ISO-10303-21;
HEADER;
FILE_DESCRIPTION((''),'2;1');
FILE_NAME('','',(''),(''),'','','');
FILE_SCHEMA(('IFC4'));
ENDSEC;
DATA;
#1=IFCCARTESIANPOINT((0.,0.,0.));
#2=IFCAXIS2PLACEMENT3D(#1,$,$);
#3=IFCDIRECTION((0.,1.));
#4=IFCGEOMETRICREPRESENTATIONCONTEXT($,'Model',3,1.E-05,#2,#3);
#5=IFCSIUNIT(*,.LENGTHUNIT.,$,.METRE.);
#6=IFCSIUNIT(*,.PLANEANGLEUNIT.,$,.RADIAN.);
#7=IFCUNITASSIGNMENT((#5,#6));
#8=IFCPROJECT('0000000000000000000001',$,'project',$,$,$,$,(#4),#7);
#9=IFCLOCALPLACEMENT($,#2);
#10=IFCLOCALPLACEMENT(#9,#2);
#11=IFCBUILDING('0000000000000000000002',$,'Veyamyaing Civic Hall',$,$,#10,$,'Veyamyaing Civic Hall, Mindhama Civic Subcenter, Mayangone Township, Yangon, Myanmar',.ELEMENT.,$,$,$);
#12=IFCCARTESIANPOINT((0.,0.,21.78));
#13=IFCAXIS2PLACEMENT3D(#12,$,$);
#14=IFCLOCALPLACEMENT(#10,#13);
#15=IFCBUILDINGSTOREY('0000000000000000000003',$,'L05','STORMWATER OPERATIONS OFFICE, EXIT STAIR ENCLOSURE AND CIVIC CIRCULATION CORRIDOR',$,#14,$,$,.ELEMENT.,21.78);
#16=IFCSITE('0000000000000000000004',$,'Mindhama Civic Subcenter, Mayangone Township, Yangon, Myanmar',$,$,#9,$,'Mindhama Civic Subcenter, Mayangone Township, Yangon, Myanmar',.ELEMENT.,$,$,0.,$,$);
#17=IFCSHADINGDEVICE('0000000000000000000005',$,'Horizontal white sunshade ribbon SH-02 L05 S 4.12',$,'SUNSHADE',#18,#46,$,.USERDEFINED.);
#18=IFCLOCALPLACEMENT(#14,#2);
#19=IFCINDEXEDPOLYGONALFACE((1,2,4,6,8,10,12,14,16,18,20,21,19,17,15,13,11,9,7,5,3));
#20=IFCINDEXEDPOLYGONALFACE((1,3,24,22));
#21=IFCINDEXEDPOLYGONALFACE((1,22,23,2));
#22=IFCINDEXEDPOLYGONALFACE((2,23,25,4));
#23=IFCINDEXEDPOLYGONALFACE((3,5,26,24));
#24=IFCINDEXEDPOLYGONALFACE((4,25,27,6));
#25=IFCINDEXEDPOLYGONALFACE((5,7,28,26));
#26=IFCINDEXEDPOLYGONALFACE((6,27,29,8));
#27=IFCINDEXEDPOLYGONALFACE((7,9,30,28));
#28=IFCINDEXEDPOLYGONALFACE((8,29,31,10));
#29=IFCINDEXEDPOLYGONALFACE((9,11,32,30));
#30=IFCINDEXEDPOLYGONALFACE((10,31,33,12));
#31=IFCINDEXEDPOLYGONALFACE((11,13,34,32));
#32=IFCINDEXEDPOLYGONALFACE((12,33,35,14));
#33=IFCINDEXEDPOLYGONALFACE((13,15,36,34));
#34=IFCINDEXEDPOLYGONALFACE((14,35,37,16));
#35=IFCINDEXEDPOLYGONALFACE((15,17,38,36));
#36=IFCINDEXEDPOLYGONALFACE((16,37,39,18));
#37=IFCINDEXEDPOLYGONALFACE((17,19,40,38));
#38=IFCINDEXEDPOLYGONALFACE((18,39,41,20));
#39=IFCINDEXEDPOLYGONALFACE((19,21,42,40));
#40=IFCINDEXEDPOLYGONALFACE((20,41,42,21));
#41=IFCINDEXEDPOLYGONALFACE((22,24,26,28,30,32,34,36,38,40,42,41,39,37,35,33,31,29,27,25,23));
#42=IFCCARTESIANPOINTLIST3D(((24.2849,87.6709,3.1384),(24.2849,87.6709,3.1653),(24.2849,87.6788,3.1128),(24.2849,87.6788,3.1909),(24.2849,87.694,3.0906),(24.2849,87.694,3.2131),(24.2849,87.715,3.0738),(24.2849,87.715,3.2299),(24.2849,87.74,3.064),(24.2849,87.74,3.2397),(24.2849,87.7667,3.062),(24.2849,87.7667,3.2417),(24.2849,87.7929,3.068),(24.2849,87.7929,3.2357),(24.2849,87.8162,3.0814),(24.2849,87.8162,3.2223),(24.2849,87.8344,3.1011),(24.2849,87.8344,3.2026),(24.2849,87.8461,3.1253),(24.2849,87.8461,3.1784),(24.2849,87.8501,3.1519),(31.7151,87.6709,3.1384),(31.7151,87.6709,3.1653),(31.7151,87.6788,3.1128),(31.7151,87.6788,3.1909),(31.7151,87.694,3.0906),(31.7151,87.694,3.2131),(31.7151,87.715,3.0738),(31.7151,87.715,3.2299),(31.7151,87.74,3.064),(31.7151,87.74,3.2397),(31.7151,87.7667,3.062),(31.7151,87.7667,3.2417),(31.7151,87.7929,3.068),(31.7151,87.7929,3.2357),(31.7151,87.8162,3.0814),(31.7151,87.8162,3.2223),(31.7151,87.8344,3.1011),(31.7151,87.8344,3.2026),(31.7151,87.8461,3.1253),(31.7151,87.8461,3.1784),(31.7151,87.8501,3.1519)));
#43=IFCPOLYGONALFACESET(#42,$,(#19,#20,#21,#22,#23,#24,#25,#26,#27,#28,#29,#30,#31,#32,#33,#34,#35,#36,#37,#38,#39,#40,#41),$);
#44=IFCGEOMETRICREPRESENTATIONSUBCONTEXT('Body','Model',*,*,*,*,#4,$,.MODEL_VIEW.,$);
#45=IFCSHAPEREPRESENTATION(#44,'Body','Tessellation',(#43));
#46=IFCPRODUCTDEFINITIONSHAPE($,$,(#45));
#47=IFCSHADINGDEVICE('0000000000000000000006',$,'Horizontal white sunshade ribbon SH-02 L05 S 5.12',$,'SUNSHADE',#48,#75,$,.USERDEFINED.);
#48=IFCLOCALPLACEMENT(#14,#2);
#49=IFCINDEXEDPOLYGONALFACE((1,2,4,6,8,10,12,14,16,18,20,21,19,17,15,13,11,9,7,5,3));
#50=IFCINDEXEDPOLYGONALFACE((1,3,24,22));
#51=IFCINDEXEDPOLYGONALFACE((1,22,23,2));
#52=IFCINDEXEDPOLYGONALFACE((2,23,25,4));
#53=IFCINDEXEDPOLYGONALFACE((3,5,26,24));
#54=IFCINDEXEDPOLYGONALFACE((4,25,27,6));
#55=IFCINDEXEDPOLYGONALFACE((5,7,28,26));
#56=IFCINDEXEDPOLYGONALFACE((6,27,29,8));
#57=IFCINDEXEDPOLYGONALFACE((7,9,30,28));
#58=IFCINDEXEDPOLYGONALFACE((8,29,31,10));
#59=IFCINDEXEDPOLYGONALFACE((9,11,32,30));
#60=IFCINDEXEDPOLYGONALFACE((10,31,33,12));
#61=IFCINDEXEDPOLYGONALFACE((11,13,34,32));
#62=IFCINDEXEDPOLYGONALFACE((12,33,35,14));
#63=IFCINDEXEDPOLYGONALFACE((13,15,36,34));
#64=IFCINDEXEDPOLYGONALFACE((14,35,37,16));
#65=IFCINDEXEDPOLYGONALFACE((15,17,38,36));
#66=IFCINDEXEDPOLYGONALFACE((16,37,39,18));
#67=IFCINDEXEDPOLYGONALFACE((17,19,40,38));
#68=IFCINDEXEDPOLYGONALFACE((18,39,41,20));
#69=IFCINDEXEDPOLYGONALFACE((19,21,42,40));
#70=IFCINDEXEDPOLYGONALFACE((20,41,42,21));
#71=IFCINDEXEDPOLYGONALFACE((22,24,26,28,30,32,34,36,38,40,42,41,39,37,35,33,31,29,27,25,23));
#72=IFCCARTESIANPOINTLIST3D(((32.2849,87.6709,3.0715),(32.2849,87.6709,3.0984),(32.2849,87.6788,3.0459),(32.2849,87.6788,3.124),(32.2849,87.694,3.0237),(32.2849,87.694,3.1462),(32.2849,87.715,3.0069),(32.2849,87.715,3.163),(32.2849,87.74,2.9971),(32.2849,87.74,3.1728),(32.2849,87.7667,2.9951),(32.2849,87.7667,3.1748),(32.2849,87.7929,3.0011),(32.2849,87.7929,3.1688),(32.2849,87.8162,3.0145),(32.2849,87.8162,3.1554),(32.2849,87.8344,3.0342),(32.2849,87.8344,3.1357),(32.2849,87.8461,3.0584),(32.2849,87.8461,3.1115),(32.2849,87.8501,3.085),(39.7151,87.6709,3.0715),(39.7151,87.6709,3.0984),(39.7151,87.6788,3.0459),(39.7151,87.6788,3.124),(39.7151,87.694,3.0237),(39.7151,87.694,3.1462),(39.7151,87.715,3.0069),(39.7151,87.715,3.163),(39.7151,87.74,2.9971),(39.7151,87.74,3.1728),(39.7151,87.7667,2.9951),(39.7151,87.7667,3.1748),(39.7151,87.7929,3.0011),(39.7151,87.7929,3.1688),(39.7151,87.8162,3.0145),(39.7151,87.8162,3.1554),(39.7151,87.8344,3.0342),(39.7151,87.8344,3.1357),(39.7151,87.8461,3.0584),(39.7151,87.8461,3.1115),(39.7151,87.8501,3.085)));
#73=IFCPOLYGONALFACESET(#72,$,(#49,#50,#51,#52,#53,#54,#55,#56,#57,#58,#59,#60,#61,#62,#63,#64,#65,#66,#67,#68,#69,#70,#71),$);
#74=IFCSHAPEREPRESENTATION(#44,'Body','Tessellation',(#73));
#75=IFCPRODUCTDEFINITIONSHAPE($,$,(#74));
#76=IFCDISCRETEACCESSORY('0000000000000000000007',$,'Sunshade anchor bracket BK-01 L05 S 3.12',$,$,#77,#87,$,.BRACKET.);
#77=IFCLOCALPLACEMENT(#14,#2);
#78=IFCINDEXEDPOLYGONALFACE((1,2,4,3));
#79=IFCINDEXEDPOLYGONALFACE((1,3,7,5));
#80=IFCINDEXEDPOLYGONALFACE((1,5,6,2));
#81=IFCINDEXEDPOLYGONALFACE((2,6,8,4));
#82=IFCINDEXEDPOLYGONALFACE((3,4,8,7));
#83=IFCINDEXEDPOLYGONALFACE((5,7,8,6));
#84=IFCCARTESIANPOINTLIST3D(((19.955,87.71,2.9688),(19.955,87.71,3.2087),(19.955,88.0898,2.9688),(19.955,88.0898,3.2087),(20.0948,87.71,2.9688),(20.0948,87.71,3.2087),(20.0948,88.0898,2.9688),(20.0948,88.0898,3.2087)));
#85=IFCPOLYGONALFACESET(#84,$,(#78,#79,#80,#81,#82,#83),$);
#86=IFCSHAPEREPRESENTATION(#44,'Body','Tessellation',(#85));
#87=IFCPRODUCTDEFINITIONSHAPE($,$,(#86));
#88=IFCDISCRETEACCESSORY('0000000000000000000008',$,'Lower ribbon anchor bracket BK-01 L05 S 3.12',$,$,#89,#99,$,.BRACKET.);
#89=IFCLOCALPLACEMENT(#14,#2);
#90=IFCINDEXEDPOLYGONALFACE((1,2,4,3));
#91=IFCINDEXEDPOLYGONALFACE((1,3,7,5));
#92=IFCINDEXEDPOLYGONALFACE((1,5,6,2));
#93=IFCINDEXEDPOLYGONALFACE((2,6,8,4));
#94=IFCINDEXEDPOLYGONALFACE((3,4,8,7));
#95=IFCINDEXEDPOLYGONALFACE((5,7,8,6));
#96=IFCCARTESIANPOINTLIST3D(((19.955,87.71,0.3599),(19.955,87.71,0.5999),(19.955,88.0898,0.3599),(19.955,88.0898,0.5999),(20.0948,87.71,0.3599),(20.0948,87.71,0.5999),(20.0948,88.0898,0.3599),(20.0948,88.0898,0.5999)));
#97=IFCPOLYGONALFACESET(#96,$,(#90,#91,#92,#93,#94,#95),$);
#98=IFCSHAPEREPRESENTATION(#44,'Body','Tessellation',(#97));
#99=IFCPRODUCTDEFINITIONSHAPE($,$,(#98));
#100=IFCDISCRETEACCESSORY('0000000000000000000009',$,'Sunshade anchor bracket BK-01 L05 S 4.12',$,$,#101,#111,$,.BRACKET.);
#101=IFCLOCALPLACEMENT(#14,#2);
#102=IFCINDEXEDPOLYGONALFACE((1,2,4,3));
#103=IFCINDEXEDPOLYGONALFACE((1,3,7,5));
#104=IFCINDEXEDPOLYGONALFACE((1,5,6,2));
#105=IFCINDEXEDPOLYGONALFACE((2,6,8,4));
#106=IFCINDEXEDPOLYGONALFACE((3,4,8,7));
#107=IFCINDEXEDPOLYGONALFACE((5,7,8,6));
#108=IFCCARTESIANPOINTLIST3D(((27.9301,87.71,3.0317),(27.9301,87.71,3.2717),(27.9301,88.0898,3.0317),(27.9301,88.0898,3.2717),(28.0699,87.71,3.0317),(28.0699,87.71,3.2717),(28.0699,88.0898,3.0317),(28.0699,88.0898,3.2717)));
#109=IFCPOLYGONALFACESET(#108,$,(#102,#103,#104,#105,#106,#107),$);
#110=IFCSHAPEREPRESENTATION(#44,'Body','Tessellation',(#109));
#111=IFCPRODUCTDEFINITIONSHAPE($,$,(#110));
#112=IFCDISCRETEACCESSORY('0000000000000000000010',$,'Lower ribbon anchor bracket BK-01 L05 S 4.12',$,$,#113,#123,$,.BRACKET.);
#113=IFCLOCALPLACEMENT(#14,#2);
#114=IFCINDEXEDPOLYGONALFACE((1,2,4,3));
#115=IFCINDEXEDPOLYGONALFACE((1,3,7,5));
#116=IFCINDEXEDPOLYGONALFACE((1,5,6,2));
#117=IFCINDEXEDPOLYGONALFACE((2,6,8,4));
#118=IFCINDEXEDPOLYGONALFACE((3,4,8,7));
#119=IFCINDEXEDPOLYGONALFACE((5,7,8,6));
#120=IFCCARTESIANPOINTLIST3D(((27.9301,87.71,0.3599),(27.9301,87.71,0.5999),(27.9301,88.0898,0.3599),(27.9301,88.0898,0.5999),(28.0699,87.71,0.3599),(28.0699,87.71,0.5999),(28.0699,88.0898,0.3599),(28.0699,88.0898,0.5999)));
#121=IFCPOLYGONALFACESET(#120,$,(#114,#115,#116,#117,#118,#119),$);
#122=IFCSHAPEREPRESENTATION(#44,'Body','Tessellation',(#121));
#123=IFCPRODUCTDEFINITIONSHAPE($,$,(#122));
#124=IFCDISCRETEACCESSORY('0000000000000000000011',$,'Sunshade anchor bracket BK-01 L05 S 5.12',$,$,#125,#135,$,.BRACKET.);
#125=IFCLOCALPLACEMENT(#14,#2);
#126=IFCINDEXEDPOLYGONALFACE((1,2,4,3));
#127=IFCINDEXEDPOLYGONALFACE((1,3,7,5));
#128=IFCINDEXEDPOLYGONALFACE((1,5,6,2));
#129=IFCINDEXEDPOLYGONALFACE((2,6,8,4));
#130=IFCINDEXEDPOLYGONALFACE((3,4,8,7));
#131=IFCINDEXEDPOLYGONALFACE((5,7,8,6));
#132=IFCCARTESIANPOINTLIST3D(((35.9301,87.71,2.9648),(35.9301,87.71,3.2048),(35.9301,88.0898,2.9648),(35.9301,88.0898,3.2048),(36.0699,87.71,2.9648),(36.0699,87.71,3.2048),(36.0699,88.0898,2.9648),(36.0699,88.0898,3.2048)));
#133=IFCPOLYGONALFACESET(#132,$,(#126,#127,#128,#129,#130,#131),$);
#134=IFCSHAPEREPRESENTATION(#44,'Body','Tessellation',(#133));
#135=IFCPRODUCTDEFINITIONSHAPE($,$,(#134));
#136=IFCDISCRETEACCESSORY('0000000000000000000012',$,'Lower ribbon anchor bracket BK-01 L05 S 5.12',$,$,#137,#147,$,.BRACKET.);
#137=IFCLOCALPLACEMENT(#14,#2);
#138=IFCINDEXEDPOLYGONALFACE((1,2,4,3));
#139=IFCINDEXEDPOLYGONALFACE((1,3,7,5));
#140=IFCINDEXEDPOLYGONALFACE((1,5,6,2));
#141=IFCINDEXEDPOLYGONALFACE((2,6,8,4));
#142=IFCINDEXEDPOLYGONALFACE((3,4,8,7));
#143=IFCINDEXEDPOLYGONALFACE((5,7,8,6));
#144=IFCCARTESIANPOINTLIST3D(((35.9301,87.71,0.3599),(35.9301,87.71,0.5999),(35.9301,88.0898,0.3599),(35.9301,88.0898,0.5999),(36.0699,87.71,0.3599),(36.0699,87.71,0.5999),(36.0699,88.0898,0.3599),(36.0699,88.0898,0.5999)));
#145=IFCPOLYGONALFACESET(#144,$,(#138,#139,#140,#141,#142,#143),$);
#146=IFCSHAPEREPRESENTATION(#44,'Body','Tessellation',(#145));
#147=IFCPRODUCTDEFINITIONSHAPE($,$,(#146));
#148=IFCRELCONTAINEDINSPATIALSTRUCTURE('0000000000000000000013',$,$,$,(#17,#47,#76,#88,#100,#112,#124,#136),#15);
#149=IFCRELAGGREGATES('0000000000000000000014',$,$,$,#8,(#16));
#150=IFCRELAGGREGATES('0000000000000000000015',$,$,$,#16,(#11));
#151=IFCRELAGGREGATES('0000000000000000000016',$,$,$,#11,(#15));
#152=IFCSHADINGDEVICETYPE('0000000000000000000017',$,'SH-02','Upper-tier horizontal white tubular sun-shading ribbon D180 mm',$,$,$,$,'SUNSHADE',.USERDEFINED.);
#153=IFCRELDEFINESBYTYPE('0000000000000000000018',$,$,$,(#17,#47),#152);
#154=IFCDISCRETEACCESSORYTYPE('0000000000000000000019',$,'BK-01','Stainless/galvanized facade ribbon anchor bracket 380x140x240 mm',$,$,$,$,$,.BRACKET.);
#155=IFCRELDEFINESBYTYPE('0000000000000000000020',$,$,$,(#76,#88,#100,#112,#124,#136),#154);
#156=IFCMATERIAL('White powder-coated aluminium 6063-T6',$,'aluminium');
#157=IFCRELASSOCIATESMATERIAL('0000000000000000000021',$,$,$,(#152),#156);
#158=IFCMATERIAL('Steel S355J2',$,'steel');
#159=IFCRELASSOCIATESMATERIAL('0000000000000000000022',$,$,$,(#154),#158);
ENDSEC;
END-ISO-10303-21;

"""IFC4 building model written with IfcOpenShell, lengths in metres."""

from ifc_helpers import new_model, si_unit, direction, frame, origin, origin_2d, place, context, subcontext, project, spatial, rectangle, circle, extrude, material, material_profile, profile_set, type_object, element, save


model = new_model("IFC4")

# Units and contexts
model_context = context("Model", 3, precision=1e-05, world=origin(), true_north=direction((0.0, 1.0)))
body_context = subcontext(model_context, "Body", "Model", "MODEL_VIEW")
ifc_project = project(units=[si_unit("LENGTHUNIT", "METRE"), si_unit("PLANEANGLEUNIT", "RADIAN")], contexts=[model_context])

# Site, building, storey
site_placement = place(None, origin())
site = spatial("IfcSite", under=ifc_project, at=site_placement, Name="Mindhama Civic Subcenter, Mayangone Township, Yangon, Myanmar", LongName="Mindhama Civic Subcenter, Mayangone Township, Yangon, Myanmar", CompositionType="ELEMENT", RefElevation=0.0)
building_placement = place(site_placement, origin())
building = spatial("IfcBuilding", under=site, at=building_placement, Name="Veyamyaing Civic Hall", LongName="Veyamyaing Civic Hall, Mindhama Civic Subcenter, Mayangone Township, Yangon, Myanmar", CompositionType="ELEMENT")
storey_placement = place(building_placement, frame((0.0, 0.0, 21.78)))
storey = spatial("IfcBuildingStorey", under=building, at=storey_placement, Name="L05", Description="STORMWATER OPERATIONS OFFICE, EXIT STAIR ENCLOSURE AND CIVIC CIRCULATION CORRIDOR", CompositionType="ELEMENT", Elevation=21.78)

# Shared definitions
ifc_material_1 = material(Name="White powder-coated aluminium 6063-T6", Category="aluminium")

# Shading devices
ifc_material_profile_1 = material_profile(ifc_material_1, circle(Radius=0.0901, at=origin_2d()), Name="SHADE-TUBE-180")
ifc_profile_set_1 = profile_set([ifc_material_profile_1], Name="White powder-coated aluminium 6063-T6")
shading_device_type = type_object("IfcShadingDeviceType", Name="SH-02", Description="Upper-tier horizontal white tubular sun-shading ribbon D180 mm", ElementType="SUNSHADE", PredefinedType="USERDEFINED", material=ifc_profile_set_1)
for number, where, z_axis, x_axis, name in (
    (1, (24.2849, 87.76, 3.1519), (1.0, 0.0, 0.0), (0.0, 1.0, 0.0), "Horizontal white sunshade ribbon SH-02 L05 S 4.12"),
    (2, (32.2849, 87.76, 3.085), (1.0, 0.0, 0.0), (0.0, 1.0, 0.0), "Horizontal white sunshade ribbon SH-02 L05 S 5.12"),
):
    element("IfcShadingDevice", number, at=place(storey_placement, frame(where, z_axis=z_axis, x_axis=x_axis)), inside=storey, type_object=shading_device_type, Name=name, ObjectType="SUNSHADE", PredefinedType="USERDEFINED", context=body_context, shape_type="SweptSolid", body=[
        extrude(circle(Radius=0.0901, at=origin_2d()), origin(), (0.0, 0.0, 1.0), 7.4302),
    ])

# Discrete accessories
ifc_material_2 = material(Name="Steel S355J2", Category="steel")
discrete_accessory_type = type_object("IfcDiscreteAccessoryType", Name="BK-01", Description="Stainless/galvanized facade ribbon anchor bracket 380x140x240 mm", PredefinedType="BRACKET", material=ifc_material_2)
for number, where, z_axis, x_axis, name in (
    (3, (20.0249, 87.8999, 2.9688), (0.0, 0.0, 1.0), (0.0, -1.0, 0.0), "Sunshade anchor bracket BK-01 L05 S 3.12"),
    (4, (20.0249, 87.8999, 0.3599), (0.0, 0.0, 1.0), (0.0, -1.0, 0.0), "Lower ribbon anchor bracket BK-01 L05 S 3.12"),
    (5, (28.0, 87.8999, 3.0317), (0.0, 0.0, 1.0), (0.0, -1.0, 0.0), "Sunshade anchor bracket BK-01 L05 S 4.12"),
    (6, (28.0, 87.8999, 0.3599), (0.0, 0.0, 1.0), (0.0, -1.0, 0.0), "Lower ribbon anchor bracket BK-01 L05 S 4.12"),
    (7, (36.0, 87.8999, 2.9648), (0.0, 0.0, 1.0), (0.0, -1.0, 0.0), "Sunshade anchor bracket BK-01 L05 S 5.12"),
    (8, (36.0, 87.8999, 0.3599), (0.0, 0.0, 1.0), (0.0, -1.0, 0.0), "Lower ribbon anchor bracket BK-01 L05 S 5.12"),
):
    element("IfcDiscreteAccessory", number, at=place(storey_placement, frame(where, z_axis=z_axis, x_axis=x_axis)), inside=storey, type_object=discrete_accessory_type, Name=name, PredefinedType="BRACKET", context=body_context, shape_type="SweptSolid", body=[
        extrude(rectangle(XDim=0.3799, YDim=0.1399, at=origin_2d()), origin(), (0.0, 0.0, 1.0), 0.24),
    ])

save(model, "model.ifc")
